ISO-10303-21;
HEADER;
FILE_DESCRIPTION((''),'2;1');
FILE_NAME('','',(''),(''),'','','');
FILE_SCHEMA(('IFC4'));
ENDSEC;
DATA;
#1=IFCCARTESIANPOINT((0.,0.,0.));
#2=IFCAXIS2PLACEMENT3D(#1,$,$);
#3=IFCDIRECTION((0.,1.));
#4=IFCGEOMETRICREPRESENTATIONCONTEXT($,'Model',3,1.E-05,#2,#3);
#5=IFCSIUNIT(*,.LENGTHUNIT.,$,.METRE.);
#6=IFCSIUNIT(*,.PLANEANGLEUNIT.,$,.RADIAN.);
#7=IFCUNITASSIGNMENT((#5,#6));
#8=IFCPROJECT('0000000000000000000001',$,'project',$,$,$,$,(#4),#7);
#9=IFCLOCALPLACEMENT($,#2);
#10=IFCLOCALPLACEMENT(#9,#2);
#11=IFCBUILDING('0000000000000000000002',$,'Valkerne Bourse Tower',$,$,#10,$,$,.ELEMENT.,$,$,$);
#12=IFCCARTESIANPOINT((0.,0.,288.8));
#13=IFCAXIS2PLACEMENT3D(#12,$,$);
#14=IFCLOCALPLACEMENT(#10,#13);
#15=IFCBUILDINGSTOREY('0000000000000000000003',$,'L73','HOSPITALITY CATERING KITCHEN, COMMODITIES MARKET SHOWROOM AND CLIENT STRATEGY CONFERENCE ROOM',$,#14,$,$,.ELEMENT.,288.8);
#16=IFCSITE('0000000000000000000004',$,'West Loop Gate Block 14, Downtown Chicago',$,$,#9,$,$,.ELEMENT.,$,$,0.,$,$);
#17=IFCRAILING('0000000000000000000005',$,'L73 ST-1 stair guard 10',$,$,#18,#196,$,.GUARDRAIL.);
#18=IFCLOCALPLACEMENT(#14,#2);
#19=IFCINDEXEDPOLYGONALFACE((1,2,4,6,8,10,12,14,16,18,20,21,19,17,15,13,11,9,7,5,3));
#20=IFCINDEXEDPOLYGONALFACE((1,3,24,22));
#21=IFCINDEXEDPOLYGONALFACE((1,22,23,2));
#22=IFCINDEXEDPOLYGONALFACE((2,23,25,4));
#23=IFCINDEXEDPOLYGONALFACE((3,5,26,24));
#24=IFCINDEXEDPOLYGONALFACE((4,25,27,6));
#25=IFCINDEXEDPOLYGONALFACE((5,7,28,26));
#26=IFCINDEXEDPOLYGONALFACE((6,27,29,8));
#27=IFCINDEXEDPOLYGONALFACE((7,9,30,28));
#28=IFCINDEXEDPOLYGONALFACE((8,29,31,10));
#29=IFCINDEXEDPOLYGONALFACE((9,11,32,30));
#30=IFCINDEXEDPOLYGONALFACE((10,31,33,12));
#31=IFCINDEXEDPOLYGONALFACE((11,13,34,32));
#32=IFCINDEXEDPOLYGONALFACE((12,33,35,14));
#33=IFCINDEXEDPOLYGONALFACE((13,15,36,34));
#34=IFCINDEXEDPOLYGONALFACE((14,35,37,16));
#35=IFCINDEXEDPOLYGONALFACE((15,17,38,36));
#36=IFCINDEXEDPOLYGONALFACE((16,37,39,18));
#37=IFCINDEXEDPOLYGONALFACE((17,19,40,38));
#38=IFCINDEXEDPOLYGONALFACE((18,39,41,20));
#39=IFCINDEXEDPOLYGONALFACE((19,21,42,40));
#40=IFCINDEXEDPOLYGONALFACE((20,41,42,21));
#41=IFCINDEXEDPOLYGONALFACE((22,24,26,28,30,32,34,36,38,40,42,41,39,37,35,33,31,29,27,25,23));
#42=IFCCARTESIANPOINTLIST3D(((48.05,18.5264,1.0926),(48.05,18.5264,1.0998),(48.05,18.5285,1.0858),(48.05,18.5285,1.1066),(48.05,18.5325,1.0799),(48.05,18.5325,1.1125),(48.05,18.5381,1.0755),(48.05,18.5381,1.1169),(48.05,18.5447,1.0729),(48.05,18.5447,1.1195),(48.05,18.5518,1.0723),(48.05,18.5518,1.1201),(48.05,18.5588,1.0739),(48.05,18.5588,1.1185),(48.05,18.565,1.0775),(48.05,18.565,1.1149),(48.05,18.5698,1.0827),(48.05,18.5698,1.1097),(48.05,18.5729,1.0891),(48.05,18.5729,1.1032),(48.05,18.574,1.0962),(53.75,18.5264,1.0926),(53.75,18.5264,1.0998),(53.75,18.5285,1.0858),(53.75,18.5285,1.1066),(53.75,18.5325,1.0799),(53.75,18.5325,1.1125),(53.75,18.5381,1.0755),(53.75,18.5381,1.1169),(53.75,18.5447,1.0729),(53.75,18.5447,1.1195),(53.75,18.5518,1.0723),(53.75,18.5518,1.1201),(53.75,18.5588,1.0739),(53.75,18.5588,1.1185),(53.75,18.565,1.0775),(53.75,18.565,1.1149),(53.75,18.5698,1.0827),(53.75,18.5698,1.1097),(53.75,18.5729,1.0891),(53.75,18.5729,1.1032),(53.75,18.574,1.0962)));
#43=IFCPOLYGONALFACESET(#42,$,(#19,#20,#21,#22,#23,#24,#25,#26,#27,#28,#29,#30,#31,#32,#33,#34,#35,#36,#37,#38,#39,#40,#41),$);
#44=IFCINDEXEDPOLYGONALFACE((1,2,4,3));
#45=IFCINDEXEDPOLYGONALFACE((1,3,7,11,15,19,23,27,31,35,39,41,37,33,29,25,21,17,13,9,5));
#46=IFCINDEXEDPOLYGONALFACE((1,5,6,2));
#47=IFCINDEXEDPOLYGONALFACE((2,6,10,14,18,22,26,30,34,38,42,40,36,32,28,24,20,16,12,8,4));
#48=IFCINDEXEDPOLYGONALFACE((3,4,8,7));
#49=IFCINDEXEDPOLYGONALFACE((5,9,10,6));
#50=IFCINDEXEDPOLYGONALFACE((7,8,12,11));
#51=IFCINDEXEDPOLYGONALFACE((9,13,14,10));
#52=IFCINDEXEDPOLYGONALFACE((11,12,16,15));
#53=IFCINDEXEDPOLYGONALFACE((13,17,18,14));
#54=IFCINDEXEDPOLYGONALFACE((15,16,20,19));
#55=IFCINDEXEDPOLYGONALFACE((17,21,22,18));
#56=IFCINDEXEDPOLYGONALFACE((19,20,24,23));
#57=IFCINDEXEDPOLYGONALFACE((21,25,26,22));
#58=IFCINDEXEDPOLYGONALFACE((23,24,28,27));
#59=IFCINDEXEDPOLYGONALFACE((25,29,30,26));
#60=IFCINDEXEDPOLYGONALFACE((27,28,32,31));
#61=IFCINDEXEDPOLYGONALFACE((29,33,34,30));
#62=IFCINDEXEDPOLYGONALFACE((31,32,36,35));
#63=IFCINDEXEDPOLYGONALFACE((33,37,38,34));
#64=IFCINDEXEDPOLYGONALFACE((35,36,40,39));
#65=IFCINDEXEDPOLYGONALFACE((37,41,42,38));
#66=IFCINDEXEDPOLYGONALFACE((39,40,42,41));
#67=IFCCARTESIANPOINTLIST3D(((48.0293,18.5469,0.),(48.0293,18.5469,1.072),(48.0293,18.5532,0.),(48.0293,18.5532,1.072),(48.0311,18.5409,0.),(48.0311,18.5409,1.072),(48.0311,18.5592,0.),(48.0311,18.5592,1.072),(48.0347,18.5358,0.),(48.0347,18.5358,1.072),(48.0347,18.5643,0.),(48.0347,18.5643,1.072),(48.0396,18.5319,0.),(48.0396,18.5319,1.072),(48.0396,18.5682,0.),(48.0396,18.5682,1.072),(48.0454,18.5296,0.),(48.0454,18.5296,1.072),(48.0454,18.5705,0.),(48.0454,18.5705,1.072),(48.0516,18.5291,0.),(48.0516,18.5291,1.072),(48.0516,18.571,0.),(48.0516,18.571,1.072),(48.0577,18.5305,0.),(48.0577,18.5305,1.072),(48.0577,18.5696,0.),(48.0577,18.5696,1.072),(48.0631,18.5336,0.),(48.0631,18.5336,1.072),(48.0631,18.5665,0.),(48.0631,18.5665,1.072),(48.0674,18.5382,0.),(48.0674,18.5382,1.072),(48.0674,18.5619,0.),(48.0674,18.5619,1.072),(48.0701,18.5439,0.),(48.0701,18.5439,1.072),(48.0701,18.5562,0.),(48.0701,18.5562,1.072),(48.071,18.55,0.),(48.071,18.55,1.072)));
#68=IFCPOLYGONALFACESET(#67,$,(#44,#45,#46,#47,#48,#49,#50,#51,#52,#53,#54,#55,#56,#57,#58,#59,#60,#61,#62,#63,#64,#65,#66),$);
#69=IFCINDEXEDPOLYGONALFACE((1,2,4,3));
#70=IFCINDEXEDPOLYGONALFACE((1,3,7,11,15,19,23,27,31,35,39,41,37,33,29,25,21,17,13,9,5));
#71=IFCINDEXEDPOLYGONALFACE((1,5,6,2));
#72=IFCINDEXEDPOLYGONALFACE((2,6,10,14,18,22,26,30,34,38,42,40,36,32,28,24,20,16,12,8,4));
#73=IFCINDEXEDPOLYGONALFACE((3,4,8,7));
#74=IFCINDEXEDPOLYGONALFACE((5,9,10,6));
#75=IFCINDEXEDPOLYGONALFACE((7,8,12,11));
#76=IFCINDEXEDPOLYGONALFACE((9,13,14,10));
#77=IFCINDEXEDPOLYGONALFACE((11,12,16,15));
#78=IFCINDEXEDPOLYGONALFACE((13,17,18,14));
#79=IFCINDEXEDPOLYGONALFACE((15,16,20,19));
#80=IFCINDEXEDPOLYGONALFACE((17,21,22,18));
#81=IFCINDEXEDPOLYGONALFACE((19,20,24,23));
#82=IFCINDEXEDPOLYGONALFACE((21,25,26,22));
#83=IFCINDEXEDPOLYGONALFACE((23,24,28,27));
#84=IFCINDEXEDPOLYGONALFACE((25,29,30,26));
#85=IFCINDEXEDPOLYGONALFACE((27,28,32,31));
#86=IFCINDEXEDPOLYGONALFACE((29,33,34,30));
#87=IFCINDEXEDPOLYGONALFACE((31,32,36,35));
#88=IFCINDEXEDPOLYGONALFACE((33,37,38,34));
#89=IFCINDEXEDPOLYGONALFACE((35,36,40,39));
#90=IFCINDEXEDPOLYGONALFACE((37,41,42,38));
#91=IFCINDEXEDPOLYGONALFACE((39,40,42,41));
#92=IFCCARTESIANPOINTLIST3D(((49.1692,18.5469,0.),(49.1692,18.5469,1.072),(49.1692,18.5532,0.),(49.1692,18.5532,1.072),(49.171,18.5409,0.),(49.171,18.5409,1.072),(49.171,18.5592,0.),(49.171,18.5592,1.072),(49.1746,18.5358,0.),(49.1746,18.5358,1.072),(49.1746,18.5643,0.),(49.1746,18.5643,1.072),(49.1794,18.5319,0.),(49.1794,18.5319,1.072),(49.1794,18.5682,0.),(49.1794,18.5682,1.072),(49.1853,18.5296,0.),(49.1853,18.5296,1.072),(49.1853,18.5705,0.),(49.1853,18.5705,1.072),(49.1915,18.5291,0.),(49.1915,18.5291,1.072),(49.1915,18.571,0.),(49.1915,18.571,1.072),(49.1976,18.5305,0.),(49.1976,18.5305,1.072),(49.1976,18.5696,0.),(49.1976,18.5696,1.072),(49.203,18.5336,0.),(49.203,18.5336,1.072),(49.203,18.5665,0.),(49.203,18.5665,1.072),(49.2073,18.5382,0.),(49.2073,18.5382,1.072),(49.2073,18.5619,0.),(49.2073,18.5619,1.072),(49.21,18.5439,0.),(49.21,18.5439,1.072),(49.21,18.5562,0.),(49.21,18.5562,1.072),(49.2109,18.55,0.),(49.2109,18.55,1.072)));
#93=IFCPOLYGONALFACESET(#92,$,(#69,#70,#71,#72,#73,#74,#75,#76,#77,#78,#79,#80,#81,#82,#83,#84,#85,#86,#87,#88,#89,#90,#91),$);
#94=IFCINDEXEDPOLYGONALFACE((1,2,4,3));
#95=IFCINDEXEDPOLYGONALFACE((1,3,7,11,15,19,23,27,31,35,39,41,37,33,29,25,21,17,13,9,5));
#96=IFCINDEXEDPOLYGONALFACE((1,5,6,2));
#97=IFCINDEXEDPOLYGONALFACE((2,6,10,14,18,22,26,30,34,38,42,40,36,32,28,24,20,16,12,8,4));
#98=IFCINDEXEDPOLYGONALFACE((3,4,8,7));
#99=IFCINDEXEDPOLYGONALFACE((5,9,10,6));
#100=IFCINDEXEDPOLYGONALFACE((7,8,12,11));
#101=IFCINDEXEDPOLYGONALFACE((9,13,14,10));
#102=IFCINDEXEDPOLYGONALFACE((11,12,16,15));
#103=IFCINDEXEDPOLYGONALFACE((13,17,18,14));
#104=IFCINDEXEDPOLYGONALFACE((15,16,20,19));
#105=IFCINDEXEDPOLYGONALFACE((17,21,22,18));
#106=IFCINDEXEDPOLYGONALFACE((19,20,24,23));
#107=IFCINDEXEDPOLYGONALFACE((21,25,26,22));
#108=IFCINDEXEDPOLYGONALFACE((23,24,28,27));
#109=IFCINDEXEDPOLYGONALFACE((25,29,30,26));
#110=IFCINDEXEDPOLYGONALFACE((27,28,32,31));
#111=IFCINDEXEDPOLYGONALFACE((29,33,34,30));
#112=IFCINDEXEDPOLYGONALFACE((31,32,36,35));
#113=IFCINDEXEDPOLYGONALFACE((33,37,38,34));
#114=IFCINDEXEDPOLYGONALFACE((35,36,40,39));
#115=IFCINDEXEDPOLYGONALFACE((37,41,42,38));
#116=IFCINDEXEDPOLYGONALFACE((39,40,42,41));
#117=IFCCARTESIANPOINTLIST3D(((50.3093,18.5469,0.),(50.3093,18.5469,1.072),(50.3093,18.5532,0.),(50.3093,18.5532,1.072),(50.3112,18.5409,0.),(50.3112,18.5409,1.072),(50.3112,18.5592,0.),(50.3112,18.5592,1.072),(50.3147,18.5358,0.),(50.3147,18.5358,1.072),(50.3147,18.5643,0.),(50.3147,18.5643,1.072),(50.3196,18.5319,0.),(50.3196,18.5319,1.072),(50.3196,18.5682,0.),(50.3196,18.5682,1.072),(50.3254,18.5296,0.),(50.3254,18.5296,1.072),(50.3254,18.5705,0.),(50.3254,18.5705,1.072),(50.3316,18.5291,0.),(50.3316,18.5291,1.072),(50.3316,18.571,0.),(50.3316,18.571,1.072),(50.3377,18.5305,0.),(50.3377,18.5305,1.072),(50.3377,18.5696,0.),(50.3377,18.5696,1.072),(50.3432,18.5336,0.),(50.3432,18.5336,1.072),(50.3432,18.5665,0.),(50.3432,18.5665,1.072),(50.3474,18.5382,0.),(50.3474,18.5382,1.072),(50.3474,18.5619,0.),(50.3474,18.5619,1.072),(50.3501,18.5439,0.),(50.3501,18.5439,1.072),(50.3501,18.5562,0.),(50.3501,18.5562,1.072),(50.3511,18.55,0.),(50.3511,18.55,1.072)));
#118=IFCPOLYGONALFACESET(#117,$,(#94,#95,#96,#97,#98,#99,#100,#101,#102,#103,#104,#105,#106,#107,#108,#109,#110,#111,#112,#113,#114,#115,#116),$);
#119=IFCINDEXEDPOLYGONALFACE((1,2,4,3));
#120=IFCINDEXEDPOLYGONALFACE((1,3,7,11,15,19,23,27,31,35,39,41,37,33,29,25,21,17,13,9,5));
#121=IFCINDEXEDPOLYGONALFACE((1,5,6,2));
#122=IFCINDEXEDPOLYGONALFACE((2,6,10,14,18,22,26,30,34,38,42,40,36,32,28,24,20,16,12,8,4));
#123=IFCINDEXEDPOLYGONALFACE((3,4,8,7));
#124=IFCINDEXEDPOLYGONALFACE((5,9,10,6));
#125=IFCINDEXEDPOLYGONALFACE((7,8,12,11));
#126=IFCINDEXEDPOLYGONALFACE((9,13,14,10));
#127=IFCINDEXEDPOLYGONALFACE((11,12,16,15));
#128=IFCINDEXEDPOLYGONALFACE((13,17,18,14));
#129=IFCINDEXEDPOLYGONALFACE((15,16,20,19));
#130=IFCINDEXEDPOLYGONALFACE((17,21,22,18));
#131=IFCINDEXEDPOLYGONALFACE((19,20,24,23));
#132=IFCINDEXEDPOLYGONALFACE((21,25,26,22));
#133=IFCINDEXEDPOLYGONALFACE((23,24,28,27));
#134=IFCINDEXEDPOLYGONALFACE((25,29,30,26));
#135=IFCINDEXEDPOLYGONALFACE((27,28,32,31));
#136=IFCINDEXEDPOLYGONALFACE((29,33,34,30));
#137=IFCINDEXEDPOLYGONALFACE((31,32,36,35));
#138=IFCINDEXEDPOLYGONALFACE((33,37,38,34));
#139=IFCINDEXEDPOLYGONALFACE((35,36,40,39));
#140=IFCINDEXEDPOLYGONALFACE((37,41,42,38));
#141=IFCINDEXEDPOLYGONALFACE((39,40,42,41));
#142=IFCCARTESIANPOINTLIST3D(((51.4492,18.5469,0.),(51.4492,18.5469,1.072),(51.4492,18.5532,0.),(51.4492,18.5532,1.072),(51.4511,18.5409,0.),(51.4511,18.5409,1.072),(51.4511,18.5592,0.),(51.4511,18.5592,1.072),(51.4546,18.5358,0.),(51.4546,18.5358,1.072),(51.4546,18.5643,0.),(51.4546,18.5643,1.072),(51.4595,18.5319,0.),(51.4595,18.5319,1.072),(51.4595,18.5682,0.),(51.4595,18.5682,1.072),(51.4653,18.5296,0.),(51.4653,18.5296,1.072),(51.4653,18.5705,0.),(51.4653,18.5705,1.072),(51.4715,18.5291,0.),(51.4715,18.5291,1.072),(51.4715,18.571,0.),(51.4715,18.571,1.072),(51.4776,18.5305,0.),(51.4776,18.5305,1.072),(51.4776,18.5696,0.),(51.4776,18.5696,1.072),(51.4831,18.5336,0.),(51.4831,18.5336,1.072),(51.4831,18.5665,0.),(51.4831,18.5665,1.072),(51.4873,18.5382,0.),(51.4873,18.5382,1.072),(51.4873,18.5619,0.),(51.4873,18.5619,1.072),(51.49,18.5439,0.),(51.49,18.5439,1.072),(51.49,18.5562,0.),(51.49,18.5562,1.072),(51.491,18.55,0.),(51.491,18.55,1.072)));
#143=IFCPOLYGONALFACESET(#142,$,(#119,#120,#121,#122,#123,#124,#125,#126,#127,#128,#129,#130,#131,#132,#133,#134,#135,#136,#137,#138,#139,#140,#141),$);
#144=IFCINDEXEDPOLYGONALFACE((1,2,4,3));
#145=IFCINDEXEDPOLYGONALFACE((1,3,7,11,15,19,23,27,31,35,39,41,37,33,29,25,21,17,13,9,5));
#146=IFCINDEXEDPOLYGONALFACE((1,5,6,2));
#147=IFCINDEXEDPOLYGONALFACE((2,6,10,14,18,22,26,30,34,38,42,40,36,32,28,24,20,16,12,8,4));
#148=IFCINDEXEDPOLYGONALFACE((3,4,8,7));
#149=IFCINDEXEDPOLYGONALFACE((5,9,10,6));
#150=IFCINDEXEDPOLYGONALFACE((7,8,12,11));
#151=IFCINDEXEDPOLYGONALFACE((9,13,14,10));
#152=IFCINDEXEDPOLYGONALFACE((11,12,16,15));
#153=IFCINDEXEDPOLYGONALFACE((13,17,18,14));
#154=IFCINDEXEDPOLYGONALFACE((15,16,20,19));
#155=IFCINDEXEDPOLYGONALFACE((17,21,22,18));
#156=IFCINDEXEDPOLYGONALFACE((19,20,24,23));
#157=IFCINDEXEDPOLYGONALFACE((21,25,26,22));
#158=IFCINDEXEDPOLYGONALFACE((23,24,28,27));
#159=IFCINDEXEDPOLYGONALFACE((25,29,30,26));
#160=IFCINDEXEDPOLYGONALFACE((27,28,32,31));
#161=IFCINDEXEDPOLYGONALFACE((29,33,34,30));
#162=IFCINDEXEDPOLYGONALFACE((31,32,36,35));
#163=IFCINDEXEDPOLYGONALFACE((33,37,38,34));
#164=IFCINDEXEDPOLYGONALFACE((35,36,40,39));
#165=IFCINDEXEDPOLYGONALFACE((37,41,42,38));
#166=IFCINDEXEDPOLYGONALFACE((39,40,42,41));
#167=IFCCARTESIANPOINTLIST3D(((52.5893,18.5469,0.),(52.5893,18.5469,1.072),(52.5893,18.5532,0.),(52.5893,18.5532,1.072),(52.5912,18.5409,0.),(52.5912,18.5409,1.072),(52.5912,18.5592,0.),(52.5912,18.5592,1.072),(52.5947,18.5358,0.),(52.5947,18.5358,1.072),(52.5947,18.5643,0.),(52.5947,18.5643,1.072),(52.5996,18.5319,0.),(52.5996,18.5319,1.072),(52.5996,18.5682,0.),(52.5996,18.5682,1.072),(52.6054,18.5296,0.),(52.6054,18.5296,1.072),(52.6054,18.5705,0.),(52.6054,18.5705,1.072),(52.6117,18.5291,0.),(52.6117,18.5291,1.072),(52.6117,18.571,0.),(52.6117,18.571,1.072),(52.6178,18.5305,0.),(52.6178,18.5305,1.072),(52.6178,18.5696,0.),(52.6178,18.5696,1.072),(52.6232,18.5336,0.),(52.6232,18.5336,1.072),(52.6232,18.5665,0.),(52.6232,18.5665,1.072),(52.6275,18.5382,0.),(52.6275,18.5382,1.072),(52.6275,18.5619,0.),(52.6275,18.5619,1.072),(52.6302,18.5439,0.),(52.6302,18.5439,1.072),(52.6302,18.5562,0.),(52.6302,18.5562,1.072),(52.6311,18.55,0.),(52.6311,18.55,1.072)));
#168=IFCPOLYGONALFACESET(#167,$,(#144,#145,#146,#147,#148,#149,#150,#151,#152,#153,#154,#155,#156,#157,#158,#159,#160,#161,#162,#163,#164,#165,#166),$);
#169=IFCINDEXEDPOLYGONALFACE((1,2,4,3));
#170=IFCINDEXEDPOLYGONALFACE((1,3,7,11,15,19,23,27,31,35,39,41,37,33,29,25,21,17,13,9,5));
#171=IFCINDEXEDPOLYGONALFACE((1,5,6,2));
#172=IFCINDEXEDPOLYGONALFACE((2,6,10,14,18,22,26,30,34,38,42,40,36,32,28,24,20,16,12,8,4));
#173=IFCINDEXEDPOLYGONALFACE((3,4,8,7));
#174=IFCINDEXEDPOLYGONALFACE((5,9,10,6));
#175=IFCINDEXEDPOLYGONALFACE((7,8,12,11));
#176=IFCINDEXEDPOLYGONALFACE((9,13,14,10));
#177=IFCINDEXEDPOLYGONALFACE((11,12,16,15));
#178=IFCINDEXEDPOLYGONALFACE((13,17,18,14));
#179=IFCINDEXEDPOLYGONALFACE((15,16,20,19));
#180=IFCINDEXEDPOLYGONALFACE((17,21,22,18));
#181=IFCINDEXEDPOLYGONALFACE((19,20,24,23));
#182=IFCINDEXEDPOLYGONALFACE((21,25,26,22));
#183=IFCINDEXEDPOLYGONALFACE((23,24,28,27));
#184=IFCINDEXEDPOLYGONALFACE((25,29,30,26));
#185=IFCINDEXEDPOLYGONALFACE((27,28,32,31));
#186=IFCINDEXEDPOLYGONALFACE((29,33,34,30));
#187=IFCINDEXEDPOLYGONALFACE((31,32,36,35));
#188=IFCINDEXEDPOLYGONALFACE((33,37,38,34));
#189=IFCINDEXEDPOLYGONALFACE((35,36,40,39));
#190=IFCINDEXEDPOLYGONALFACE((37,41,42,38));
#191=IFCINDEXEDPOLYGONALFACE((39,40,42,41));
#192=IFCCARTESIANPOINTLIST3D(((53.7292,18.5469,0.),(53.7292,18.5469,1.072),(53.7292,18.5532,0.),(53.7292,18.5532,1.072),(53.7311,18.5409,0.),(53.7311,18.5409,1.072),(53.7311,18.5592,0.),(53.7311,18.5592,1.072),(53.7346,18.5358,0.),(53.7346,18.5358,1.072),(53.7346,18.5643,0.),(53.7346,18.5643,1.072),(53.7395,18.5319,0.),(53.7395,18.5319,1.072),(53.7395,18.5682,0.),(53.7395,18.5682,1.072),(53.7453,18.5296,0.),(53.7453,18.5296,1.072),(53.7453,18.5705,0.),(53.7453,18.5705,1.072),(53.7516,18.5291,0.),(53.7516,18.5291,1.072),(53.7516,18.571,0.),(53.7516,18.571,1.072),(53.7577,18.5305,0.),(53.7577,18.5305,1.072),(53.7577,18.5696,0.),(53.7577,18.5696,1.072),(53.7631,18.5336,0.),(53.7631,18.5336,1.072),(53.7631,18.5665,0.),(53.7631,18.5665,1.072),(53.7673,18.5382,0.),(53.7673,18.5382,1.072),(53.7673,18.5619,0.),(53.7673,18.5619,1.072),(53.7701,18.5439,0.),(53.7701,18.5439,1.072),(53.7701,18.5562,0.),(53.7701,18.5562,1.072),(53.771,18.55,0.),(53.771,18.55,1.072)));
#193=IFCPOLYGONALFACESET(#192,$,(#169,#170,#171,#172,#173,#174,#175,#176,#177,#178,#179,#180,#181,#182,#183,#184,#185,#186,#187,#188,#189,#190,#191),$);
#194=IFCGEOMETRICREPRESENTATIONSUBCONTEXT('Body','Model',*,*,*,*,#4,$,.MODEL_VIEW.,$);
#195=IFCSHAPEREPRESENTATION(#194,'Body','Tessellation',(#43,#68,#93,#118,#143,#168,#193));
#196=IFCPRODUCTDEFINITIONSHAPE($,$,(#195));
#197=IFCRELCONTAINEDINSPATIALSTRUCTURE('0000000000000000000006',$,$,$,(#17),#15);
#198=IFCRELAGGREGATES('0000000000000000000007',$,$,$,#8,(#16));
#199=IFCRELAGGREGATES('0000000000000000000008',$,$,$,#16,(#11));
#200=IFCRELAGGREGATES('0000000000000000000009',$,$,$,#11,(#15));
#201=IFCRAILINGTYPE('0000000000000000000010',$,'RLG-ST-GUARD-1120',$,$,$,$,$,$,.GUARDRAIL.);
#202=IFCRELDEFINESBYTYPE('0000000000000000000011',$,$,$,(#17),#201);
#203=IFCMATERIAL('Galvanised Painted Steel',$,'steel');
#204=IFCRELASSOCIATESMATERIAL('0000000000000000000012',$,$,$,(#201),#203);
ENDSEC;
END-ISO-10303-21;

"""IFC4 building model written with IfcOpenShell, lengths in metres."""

from ifc_helpers import new_model, si_unit, direction, frame, origin, origin_2d, place, context, subcontext, project, spatial, circle, extrude, material, type_object, element, save


model = new_model("IFC4")

# Units and contexts
model_context = context("Model", 3, precision=1e-05, world=origin(), true_north=direction((0.0, 1.0)))
body_context = subcontext(model_context, "Body", "Model", "MODEL_VIEW")
ifc_project = project(units=[si_unit("LENGTHUNIT", "METRE"), si_unit("PLANEANGLEUNIT", "RADIAN")], contexts=[model_context])

# Site, building, storey
site_placement = place(None, origin())
site = spatial("IfcSite", under=ifc_project, at=site_placement, Name="West Loop Gate Block 14, Downtown Chicago", CompositionType="ELEMENT", RefElevation=0.0)
building_placement = place(site_placement, origin())
building = spatial("IfcBuilding", under=site, at=building_placement, Name="Valkerne Bourse Tower", CompositionType="ELEMENT")
storey_placement = place(building_placement, frame((0.0, 0.0, 288.8)))
storey = spatial("IfcBuildingStorey", under=building, at=storey_placement, Name="L73", Description="HOSPITALITY CATERING KITCHEN, COMMODITIES MARKET SHOWROOM AND CLIENT STRATEGY CONFERENCE ROOM", CompositionType="ELEMENT", Elevation=288.8)

# Railing
ifc_material_1 = material(Name="Galvanised Painted Steel", Category="steel")
railing_type = type_object("IfcRailingType", Name="RLG-ST-GUARD-1120", PredefinedType="GUARDRAIL", material=ifc_material_1)
railing_placement = place(storey_placement, frame((48.05, 18.55, 0.0)))
element("IfcRailing", 1, at=railing_placement, inside=storey, type_object=railing_type, Name="L73 ST-1 stair guard 10", PredefinedType="GUARDRAIL", context=body_context, shape_type="SweptSolid", body=[
    extrude(circle(Radius=0.0239, at=origin_2d()), frame((0.0, 0.0, 1.0962), z_axis=(1.0, 0.0, 0.0), x_axis=(0.0, 1.0, 0.0)), (0.0, 0.0, 1.0), 5.7),
    extrude(circle(Radius=0.021, at=origin_2d()), origin(), (0.0, 0.0, 1.0), 1.072),
    extrude(circle(Radius=0.021, at=origin_2d()), frame((1.1399, 0.0, 0.0)), (0.0, 0.0, 1.0), 1.072),
    extrude(circle(Radius=0.021, at=origin_2d()), frame((2.28, 0.0, 0.0)), (0.0, 0.0, 1.0), 1.072),
    extrude(circle(Radius=0.021, at=origin_2d()), frame((3.4199, 0.0, 0.0)), (0.0, 0.0, 1.0), 1.072),
    extrude(circle(Radius=0.021, at=origin_2d()), frame((4.5601, 0.0, 0.0)), (0.0, 0.0, 1.0), 1.072),
    extrude(circle(Radius=0.021, at=origin_2d()), frame((5.7, 0.0, 0.0)), (0.0, 0.0, 1.0), 1.072),
])

save(model, "model.ifc")
